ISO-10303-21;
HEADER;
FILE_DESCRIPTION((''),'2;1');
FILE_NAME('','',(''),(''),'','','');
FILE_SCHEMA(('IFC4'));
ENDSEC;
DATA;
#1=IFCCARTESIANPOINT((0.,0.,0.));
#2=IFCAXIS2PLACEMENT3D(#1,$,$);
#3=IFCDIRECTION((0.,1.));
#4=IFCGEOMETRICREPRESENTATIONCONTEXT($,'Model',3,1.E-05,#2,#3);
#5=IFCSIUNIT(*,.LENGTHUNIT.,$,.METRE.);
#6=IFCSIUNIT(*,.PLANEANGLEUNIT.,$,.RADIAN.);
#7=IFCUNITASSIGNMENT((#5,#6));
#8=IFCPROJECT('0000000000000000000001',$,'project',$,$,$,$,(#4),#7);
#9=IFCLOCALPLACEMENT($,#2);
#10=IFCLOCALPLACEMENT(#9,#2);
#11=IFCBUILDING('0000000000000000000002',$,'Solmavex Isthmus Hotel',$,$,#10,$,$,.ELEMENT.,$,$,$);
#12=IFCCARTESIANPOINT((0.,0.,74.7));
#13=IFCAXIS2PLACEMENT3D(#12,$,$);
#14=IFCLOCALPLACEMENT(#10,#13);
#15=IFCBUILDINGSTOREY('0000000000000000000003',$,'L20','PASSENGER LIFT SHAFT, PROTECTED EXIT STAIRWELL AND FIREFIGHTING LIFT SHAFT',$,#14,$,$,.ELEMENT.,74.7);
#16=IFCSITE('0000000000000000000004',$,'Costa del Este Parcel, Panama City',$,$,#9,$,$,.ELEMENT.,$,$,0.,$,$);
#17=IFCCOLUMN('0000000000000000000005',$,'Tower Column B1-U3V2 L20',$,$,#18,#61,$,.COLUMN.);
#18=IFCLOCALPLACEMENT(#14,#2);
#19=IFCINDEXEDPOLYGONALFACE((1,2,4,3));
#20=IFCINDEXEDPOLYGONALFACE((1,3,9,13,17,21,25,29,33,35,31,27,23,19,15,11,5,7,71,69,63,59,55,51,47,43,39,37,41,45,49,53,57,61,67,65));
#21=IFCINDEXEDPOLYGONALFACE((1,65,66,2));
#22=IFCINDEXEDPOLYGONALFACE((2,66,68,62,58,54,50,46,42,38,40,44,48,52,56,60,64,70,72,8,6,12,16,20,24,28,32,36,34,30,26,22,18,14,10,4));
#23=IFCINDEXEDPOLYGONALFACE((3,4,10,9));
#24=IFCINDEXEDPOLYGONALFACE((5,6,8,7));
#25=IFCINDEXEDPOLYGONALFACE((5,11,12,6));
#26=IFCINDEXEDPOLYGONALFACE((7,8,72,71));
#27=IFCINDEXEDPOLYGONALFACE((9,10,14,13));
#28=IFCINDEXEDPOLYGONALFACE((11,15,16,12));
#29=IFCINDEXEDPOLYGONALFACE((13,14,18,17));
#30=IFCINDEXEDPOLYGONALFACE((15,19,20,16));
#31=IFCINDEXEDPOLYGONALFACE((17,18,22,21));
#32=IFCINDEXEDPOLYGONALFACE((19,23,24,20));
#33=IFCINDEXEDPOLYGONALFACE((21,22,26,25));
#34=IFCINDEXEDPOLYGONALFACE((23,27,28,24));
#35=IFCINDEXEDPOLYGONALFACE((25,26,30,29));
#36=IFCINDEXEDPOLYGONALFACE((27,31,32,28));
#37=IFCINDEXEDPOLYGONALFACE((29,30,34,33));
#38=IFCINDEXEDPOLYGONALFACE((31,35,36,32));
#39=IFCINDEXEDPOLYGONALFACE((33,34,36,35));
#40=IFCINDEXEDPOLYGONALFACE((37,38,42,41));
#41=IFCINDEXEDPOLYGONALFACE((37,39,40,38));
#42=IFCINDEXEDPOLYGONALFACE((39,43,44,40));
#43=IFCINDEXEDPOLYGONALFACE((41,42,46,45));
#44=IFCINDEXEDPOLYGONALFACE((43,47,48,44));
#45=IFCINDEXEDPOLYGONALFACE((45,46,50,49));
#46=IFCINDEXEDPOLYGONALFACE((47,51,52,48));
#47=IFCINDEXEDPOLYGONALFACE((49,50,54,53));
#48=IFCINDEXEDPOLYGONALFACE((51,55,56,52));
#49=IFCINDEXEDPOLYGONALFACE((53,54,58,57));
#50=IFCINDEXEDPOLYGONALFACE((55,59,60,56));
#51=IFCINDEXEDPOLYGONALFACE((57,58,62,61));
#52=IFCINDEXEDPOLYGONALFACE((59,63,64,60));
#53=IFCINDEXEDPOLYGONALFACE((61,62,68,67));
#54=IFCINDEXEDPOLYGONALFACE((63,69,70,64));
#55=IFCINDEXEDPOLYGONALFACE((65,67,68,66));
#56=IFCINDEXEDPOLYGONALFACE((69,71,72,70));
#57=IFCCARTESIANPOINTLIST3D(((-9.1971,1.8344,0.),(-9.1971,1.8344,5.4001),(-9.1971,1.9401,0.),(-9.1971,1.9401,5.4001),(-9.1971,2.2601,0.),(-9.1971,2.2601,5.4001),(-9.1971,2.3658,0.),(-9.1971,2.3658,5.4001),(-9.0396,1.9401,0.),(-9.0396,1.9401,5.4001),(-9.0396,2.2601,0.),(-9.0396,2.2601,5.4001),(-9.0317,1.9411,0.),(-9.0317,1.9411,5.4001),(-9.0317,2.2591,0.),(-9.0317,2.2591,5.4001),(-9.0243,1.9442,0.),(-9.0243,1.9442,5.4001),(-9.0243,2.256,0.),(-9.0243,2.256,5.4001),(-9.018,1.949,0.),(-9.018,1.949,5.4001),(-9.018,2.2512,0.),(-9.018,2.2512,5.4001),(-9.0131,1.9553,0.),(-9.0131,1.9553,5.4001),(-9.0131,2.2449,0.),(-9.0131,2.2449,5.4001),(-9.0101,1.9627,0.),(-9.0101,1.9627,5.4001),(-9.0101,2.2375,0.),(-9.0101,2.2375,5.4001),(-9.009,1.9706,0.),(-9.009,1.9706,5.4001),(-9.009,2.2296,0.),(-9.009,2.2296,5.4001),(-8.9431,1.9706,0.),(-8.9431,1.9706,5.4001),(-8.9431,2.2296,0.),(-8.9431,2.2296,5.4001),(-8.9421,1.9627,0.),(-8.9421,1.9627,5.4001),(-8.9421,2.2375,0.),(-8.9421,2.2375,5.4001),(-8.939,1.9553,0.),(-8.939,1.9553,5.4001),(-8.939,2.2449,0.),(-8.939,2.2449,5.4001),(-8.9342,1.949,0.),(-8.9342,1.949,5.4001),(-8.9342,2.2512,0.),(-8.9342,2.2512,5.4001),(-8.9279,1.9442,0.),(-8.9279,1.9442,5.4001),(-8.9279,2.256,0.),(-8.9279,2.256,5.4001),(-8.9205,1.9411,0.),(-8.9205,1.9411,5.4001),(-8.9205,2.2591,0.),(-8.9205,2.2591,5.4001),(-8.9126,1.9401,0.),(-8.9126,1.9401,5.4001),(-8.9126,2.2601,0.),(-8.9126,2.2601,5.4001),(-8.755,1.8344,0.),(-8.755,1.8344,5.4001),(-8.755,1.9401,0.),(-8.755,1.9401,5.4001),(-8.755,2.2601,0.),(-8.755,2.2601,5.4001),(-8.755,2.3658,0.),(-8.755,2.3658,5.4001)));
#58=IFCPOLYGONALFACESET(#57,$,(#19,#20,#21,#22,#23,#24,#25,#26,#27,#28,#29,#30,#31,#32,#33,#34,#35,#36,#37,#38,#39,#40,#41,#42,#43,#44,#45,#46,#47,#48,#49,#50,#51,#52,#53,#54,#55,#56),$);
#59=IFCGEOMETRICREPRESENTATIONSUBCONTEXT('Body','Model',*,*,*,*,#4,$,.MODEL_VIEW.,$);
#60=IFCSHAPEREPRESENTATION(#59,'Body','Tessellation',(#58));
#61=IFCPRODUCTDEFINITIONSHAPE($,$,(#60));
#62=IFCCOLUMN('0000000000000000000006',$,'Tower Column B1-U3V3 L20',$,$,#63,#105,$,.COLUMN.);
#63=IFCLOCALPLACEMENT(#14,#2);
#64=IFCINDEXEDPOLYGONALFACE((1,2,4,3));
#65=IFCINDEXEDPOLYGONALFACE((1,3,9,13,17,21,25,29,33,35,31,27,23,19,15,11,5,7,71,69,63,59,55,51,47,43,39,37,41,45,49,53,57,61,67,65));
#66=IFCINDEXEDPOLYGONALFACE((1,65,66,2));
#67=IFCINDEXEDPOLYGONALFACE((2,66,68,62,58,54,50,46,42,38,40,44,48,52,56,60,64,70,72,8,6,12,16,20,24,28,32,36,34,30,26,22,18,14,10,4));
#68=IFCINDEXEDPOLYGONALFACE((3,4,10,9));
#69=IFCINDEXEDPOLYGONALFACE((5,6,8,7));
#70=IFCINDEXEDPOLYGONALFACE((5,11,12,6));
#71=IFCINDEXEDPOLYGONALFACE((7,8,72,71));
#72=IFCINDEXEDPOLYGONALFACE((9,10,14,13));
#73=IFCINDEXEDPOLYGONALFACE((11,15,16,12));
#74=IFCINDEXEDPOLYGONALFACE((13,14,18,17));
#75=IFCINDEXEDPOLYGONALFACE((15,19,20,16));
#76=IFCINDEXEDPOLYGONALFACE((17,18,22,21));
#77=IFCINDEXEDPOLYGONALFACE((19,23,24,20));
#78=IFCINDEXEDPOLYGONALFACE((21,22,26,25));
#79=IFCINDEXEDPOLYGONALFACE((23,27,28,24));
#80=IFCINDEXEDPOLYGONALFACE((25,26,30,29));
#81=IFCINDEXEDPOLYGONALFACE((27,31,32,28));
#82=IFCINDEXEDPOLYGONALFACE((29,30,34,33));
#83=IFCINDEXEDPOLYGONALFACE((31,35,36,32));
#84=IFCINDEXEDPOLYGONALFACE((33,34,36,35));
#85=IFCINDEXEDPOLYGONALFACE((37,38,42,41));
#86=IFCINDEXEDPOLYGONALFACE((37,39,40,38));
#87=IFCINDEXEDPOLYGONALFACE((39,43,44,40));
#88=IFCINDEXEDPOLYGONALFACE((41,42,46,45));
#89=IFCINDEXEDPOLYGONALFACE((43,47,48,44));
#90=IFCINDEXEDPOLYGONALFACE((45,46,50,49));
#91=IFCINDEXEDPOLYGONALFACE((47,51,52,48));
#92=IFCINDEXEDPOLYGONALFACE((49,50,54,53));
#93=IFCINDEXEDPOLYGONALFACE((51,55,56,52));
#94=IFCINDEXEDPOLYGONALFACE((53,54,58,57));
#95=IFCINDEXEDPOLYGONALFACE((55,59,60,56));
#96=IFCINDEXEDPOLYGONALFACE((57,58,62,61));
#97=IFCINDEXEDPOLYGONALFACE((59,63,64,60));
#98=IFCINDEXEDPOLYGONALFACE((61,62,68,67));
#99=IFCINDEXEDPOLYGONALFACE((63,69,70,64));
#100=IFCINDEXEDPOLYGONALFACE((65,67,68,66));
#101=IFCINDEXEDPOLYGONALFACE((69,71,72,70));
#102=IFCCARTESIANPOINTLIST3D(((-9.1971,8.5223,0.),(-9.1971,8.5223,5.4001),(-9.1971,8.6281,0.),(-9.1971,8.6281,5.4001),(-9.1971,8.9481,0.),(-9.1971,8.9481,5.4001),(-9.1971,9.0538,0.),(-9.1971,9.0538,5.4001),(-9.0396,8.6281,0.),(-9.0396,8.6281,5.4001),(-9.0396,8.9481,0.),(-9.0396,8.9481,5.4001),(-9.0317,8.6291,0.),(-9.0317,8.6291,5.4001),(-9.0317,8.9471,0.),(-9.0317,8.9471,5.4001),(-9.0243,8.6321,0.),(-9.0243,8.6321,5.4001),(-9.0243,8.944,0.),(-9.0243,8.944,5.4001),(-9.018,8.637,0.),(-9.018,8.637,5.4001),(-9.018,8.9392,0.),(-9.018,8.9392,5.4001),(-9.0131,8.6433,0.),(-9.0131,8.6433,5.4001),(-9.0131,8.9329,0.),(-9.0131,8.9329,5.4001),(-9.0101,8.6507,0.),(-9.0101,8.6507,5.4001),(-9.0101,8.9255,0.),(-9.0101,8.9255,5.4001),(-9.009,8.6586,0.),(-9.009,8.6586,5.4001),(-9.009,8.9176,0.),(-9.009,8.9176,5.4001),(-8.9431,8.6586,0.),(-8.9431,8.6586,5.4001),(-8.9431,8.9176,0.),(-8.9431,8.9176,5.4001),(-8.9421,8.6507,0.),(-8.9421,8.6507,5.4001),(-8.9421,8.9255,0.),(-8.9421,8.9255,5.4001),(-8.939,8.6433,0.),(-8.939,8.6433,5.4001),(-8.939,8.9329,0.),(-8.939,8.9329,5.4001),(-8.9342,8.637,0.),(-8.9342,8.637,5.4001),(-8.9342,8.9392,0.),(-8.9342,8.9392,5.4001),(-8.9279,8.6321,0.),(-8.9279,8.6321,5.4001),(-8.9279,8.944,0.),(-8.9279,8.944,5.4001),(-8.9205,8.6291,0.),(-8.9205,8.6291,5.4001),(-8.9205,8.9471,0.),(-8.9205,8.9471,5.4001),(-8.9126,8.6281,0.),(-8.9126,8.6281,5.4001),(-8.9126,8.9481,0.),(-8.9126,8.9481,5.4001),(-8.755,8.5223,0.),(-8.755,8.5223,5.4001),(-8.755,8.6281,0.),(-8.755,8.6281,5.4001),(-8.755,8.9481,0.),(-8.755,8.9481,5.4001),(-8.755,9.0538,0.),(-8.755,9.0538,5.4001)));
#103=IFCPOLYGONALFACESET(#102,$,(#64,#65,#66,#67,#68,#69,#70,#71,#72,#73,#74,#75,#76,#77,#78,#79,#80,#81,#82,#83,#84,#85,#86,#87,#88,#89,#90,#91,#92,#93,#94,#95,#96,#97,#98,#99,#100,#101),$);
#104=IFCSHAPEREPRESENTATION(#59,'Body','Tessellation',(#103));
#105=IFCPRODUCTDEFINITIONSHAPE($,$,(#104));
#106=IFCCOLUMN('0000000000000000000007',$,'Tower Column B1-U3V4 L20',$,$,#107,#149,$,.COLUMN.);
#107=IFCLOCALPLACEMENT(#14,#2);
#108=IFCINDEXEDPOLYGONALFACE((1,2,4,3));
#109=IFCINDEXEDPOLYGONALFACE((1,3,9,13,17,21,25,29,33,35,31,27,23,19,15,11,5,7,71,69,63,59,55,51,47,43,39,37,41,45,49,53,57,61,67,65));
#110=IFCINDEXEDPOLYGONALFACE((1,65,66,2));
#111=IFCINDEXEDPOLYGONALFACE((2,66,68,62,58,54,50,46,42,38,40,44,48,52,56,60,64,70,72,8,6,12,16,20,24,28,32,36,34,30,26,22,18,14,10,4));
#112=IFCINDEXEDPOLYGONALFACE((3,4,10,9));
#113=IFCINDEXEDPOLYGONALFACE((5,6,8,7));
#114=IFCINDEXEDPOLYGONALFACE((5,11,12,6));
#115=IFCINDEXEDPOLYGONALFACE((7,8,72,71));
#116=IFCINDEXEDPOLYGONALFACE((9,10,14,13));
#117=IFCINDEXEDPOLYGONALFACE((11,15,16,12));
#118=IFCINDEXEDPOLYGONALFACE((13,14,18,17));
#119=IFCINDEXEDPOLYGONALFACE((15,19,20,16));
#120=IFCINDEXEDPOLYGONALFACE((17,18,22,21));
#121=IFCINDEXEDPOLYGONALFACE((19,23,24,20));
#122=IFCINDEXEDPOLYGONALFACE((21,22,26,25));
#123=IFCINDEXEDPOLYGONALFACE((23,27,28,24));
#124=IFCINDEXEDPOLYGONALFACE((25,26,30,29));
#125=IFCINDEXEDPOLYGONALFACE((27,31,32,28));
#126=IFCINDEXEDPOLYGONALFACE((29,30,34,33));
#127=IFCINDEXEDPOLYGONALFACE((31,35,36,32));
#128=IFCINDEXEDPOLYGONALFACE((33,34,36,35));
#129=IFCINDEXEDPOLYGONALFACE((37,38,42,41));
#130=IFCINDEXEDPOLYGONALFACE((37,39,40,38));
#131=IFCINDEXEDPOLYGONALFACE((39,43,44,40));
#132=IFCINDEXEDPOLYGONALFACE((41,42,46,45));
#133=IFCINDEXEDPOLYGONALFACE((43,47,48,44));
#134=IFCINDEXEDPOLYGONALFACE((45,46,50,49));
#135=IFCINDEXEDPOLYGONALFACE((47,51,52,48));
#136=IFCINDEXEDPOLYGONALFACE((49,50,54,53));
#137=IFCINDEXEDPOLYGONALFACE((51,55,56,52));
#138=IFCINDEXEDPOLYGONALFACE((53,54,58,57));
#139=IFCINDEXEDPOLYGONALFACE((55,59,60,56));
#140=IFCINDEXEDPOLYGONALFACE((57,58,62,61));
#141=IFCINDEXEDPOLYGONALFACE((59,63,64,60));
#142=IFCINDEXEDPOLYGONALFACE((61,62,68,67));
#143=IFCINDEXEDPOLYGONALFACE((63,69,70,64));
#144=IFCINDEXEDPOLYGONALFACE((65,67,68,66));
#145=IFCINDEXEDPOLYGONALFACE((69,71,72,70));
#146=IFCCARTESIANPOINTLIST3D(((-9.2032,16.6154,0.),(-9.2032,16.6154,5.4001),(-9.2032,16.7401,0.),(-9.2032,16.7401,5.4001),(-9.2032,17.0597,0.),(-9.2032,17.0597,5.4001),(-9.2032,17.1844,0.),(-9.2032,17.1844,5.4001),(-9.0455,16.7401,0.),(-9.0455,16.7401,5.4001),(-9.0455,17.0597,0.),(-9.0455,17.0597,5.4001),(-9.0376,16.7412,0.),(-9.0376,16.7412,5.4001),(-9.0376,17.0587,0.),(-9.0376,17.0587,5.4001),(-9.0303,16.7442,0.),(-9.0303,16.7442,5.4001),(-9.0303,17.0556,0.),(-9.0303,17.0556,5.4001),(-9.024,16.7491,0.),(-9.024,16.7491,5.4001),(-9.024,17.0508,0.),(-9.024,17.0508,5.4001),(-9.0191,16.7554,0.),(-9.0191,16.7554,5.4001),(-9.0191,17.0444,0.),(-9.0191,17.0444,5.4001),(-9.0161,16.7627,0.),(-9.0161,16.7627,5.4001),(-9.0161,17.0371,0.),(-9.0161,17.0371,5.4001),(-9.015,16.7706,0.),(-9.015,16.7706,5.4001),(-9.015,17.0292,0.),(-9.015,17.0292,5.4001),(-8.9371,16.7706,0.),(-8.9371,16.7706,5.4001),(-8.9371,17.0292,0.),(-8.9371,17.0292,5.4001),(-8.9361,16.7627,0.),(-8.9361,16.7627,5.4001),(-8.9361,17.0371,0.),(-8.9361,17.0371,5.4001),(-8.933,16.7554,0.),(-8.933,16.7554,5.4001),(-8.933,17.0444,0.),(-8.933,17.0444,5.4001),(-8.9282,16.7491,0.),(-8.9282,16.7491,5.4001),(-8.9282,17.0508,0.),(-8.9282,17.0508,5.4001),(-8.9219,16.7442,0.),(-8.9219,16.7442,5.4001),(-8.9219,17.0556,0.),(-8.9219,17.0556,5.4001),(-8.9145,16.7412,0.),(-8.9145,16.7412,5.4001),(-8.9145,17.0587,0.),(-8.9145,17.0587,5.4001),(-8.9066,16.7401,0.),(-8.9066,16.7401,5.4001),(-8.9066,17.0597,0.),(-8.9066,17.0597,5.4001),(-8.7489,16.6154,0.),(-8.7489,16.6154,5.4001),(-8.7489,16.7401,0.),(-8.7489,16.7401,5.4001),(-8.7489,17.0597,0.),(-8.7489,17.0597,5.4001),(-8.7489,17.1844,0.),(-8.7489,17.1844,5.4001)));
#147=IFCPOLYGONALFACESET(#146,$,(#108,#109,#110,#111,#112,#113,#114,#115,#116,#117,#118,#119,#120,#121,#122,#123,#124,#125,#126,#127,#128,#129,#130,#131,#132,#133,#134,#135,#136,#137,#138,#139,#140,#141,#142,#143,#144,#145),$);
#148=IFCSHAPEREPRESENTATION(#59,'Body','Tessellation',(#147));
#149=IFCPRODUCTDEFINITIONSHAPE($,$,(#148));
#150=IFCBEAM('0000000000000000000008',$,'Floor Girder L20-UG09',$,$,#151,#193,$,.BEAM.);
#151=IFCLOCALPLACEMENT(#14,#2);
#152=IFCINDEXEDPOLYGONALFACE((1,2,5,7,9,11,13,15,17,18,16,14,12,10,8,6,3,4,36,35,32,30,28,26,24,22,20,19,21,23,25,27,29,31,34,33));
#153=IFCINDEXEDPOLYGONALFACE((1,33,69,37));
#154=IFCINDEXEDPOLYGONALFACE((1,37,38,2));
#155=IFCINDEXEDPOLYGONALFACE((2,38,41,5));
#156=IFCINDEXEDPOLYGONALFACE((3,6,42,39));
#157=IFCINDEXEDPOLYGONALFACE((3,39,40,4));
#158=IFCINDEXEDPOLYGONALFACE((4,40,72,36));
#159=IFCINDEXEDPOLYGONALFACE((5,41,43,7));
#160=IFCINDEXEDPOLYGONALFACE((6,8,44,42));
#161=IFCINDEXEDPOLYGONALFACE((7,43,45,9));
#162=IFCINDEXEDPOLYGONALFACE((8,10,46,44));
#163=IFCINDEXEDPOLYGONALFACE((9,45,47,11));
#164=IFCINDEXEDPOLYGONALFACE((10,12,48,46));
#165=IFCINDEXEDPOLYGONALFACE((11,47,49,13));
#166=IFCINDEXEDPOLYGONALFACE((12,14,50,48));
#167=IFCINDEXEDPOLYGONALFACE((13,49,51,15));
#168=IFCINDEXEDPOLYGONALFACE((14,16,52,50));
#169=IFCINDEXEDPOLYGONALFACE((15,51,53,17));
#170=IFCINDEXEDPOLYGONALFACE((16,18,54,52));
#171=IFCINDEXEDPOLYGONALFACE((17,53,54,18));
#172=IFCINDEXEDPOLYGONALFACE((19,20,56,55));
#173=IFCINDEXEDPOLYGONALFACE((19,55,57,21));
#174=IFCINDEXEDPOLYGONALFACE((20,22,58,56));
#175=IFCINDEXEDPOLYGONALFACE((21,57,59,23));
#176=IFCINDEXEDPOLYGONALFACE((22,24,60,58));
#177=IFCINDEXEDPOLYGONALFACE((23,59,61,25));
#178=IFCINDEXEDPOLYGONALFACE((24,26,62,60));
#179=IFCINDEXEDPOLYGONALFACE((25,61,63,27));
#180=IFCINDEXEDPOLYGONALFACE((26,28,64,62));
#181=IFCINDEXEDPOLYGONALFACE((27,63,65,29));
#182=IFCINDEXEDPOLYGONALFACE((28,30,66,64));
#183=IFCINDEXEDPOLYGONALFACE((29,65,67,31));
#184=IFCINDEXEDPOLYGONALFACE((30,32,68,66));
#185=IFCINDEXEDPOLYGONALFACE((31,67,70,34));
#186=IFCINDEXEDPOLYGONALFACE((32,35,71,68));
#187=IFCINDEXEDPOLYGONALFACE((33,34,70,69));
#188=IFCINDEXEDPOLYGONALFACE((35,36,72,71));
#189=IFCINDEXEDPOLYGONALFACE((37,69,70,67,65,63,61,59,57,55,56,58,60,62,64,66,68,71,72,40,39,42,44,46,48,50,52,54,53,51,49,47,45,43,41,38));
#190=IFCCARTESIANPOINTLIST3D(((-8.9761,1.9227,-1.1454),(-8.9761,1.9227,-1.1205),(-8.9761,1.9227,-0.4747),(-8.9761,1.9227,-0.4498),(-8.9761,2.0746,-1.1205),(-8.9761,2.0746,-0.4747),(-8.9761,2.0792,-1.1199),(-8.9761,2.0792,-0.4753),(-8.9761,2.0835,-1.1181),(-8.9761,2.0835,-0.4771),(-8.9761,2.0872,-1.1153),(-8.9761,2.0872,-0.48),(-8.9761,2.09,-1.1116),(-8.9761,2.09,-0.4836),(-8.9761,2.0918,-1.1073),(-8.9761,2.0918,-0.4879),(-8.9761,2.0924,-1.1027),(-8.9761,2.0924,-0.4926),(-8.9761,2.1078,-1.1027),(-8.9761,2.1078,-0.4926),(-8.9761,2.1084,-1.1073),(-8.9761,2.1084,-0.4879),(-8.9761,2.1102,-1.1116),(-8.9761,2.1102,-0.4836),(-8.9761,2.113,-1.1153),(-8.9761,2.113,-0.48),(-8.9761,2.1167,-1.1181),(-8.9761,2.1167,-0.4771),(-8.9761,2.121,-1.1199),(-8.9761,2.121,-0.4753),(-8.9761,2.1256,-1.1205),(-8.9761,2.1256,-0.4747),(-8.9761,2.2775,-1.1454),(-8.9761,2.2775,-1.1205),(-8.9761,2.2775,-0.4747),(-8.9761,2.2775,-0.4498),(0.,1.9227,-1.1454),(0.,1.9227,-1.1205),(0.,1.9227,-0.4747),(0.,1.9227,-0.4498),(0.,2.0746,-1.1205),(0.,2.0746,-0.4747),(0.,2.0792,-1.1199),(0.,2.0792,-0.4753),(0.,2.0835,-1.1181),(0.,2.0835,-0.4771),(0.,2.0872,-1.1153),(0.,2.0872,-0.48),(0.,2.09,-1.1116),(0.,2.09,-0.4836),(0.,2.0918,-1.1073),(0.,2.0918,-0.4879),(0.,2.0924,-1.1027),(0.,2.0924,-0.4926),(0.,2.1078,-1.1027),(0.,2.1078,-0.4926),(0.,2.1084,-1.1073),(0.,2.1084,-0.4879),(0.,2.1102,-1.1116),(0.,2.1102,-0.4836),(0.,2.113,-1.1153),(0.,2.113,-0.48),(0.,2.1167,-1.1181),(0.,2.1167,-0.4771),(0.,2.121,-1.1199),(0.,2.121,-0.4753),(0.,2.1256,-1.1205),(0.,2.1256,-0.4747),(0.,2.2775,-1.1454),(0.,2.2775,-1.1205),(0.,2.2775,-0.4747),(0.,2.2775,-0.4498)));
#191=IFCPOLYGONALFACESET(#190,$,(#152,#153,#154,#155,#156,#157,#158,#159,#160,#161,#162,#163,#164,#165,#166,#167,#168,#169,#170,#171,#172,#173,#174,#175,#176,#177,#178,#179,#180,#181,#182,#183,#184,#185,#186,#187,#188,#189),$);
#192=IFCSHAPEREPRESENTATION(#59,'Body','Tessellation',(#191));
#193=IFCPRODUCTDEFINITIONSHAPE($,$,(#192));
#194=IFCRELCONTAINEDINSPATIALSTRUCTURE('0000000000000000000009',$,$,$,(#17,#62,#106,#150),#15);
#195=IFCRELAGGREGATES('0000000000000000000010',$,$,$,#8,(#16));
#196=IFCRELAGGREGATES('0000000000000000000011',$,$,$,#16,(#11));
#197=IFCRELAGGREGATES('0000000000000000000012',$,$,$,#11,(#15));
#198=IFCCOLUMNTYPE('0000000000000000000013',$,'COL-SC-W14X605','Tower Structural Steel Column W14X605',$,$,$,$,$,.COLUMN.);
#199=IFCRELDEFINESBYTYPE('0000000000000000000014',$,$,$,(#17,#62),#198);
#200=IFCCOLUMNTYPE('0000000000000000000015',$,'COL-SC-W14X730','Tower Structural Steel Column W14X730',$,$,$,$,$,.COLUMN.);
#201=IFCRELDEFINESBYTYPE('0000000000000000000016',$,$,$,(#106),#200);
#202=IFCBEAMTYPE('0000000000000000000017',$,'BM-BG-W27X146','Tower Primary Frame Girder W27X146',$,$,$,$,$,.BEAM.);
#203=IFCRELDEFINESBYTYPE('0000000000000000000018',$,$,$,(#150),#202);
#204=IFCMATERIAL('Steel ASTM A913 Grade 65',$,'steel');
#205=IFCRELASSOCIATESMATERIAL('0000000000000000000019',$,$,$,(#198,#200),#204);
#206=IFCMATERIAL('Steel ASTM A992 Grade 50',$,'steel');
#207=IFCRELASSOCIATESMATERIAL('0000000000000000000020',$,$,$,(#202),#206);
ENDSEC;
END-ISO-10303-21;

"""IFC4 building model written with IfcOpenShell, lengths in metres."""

from ifc_helpers import new_model, si_unit, direction, frame, origin, origin_2d, place, context, subcontext, project, spatial, i_section, extrude, material, material_profile, profile_set, type_object, element, save


model = new_model("IFC4")

# Units and contexts
model_context = context("Model", 3, precision=1e-05, world=origin(), true_north=direction((0.0, 1.0)))
body_context = subcontext(model_context, "Body", "Model", "MODEL_VIEW")
ifc_project = project(units=[si_unit("LENGTHUNIT", "METRE"), si_unit("PLANEANGLEUNIT", "RADIAN")], contexts=[model_context])

# Site, building, storey
site_placement = place(None, origin())
site = spatial("IfcSite", under=ifc_project, at=site_placement, Name="Costa del Este Parcel, Panama City", CompositionType="ELEMENT", RefElevation=0.0)
building_placement = place(site_placement, origin())
building = spatial("IfcBuilding", under=site, at=building_placement, Name="Solmavex Isthmus Hotel", CompositionType="ELEMENT")
storey_placement = place(building_placement, frame((0.0, 0.0, 74.7)))
storey = spatial("IfcBuildingStorey", under=building, at=storey_placement, Name="L20", Description="PASSENGER LIFT SHAFT, PROTECTED EXIT STAIRWELL AND FIREFIGHTING LIFT SHAFT", CompositionType="ELEMENT", Elevation=74.7)

# Columns
ifc_material_1 = material(Name="Steel ASTM A913 Grade 65", Category="steel")
ifc_material_profile_1 = material_profile(ifc_material_1, i_section(OverallWidth=0.4421, OverallDepth=0.5315, WebThickness=0.0659, FlangeThickness=0.1057, FilletRadius=0.0305, at=origin_2d()), Name="W14X605")
ifc_profile_set_1 = profile_set([ifc_material_profile_1], Name="Steel ASTM A913 Grade 65")
column_type_1 = type_object("IfcColumnType", Name="COL-SC-W14X605", Description="Tower Structural Steel Column W14X605", PredefinedType="COLUMN", material=ifc_profile_set_1)
for number, where, z_axis, x_axis, name in (
    (1, (-8.9761, 2.1001, 0.0), (0.0, 0.0, 1.0), (1.0, 0.0, 0.0), "Tower Column B1-U3V2 L20"),
    (2, (-8.9761, 8.7881, 0.0), (0.0, 0.0, 1.0), (1.0, 0.0, 0.0), "Tower Column B1-U3V3 L20"),
):
    element("IfcColumn", number, at=place(storey_placement, frame(where, z_axis=z_axis, x_axis=x_axis)), inside=storey, type_object=column_type_1, Name=name, PredefinedType="COLUMN", context=body_context, shape_type="SweptSolid", body=[
        extrude(i_section(OverallWidth=0.4421, OverallDepth=0.5315, WebThickness=0.0659, FlangeThickness=0.1057, FilletRadius=0.0305, at=origin_2d()), origin(), (0.0, 0.0, 1.0), 5.4001),
    ])
ifc_material_profile_2 = material_profile(ifc_material_1, i_section(OverallWidth=0.4543, OverallDepth=0.5691, WebThickness=0.0779, FlangeThickness=0.1248, FilletRadius=0.0305, at=origin_2d()), Name="W14X730")
ifc_profile_set_2 = profile_set([ifc_material_profile_2], Name="Steel ASTM A913 Grade 65")
column_type_2 = type_object("IfcColumnType", Name="COL-SC-W14X730", Description="Tower Structural Steel Column W14X730", PredefinedType="COLUMN", material=ifc_profile_set_2)
column_placement = place(storey_placement, frame((-8.9761, 16.8999, 0.0), z_axis=(0.0, 0.0, 1.0), x_axis=(1.0, 0.0, 0.0)))
element("IfcColumn", 3, at=column_placement, inside=storey, type_object=column_type_2, Name="Tower Column B1-U3V4 L20", PredefinedType="COLUMN", context=body_context, shape_type="SweptSolid", body=[
    extrude(i_section(OverallWidth=0.4543, OverallDepth=0.5691, WebThickness=0.0779, FlangeThickness=0.1248, FilletRadius=0.0305, at=origin_2d()), origin(), (0.0, 0.0, 1.0), 5.4001),
])

# Beam
ifc_material_2 = material(Name="Steel ASTM A992 Grade 50", Category="steel")
ifc_material_profile_3 = material_profile(ifc_material_2, i_section(OverallWidth=0.3547, OverallDepth=0.6956, WebThickness=0.0154, FlangeThickness=0.0249, FilletRadius=0.0178, at=origin_2d()), Name="W27X146")
ifc_profile_set_3 = profile_set([ifc_material_profile_3], Name="Steel ASTM A992 Grade 50")
beam_type_1 = type_object("IfcBeamType", Name="BM-BG-W27X146", Description="Tower Primary Frame Girder W27X146", PredefinedType="BEAM", material=ifc_profile_set_3)
for number, where, z_axis, x_axis, name in (
    (4, (-8.9761, 2.1001, -0.7976), (1.0, 0.0, 0.0), (0.0, 1.0, 0.0), "Floor Girder L20-UG09"),
):
    element("IfcBeam", number, at=place(storey_placement, frame(where, z_axis=z_axis, x_axis=x_axis)), inside=storey, type_object=beam_type_1, Name=name, PredefinedType="BEAM", context=body_context, shape_type="SweptSolid", body=[
        extrude(i_section(OverallWidth=0.3547, OverallDepth=0.6956, WebThickness=0.0154, FlangeThickness=0.0249, FilletRadius=0.0178, at=origin_2d()), origin(), (0.0, 0.0, 1.0), 8.9761),
    ])

save(model, "model.ifc")
